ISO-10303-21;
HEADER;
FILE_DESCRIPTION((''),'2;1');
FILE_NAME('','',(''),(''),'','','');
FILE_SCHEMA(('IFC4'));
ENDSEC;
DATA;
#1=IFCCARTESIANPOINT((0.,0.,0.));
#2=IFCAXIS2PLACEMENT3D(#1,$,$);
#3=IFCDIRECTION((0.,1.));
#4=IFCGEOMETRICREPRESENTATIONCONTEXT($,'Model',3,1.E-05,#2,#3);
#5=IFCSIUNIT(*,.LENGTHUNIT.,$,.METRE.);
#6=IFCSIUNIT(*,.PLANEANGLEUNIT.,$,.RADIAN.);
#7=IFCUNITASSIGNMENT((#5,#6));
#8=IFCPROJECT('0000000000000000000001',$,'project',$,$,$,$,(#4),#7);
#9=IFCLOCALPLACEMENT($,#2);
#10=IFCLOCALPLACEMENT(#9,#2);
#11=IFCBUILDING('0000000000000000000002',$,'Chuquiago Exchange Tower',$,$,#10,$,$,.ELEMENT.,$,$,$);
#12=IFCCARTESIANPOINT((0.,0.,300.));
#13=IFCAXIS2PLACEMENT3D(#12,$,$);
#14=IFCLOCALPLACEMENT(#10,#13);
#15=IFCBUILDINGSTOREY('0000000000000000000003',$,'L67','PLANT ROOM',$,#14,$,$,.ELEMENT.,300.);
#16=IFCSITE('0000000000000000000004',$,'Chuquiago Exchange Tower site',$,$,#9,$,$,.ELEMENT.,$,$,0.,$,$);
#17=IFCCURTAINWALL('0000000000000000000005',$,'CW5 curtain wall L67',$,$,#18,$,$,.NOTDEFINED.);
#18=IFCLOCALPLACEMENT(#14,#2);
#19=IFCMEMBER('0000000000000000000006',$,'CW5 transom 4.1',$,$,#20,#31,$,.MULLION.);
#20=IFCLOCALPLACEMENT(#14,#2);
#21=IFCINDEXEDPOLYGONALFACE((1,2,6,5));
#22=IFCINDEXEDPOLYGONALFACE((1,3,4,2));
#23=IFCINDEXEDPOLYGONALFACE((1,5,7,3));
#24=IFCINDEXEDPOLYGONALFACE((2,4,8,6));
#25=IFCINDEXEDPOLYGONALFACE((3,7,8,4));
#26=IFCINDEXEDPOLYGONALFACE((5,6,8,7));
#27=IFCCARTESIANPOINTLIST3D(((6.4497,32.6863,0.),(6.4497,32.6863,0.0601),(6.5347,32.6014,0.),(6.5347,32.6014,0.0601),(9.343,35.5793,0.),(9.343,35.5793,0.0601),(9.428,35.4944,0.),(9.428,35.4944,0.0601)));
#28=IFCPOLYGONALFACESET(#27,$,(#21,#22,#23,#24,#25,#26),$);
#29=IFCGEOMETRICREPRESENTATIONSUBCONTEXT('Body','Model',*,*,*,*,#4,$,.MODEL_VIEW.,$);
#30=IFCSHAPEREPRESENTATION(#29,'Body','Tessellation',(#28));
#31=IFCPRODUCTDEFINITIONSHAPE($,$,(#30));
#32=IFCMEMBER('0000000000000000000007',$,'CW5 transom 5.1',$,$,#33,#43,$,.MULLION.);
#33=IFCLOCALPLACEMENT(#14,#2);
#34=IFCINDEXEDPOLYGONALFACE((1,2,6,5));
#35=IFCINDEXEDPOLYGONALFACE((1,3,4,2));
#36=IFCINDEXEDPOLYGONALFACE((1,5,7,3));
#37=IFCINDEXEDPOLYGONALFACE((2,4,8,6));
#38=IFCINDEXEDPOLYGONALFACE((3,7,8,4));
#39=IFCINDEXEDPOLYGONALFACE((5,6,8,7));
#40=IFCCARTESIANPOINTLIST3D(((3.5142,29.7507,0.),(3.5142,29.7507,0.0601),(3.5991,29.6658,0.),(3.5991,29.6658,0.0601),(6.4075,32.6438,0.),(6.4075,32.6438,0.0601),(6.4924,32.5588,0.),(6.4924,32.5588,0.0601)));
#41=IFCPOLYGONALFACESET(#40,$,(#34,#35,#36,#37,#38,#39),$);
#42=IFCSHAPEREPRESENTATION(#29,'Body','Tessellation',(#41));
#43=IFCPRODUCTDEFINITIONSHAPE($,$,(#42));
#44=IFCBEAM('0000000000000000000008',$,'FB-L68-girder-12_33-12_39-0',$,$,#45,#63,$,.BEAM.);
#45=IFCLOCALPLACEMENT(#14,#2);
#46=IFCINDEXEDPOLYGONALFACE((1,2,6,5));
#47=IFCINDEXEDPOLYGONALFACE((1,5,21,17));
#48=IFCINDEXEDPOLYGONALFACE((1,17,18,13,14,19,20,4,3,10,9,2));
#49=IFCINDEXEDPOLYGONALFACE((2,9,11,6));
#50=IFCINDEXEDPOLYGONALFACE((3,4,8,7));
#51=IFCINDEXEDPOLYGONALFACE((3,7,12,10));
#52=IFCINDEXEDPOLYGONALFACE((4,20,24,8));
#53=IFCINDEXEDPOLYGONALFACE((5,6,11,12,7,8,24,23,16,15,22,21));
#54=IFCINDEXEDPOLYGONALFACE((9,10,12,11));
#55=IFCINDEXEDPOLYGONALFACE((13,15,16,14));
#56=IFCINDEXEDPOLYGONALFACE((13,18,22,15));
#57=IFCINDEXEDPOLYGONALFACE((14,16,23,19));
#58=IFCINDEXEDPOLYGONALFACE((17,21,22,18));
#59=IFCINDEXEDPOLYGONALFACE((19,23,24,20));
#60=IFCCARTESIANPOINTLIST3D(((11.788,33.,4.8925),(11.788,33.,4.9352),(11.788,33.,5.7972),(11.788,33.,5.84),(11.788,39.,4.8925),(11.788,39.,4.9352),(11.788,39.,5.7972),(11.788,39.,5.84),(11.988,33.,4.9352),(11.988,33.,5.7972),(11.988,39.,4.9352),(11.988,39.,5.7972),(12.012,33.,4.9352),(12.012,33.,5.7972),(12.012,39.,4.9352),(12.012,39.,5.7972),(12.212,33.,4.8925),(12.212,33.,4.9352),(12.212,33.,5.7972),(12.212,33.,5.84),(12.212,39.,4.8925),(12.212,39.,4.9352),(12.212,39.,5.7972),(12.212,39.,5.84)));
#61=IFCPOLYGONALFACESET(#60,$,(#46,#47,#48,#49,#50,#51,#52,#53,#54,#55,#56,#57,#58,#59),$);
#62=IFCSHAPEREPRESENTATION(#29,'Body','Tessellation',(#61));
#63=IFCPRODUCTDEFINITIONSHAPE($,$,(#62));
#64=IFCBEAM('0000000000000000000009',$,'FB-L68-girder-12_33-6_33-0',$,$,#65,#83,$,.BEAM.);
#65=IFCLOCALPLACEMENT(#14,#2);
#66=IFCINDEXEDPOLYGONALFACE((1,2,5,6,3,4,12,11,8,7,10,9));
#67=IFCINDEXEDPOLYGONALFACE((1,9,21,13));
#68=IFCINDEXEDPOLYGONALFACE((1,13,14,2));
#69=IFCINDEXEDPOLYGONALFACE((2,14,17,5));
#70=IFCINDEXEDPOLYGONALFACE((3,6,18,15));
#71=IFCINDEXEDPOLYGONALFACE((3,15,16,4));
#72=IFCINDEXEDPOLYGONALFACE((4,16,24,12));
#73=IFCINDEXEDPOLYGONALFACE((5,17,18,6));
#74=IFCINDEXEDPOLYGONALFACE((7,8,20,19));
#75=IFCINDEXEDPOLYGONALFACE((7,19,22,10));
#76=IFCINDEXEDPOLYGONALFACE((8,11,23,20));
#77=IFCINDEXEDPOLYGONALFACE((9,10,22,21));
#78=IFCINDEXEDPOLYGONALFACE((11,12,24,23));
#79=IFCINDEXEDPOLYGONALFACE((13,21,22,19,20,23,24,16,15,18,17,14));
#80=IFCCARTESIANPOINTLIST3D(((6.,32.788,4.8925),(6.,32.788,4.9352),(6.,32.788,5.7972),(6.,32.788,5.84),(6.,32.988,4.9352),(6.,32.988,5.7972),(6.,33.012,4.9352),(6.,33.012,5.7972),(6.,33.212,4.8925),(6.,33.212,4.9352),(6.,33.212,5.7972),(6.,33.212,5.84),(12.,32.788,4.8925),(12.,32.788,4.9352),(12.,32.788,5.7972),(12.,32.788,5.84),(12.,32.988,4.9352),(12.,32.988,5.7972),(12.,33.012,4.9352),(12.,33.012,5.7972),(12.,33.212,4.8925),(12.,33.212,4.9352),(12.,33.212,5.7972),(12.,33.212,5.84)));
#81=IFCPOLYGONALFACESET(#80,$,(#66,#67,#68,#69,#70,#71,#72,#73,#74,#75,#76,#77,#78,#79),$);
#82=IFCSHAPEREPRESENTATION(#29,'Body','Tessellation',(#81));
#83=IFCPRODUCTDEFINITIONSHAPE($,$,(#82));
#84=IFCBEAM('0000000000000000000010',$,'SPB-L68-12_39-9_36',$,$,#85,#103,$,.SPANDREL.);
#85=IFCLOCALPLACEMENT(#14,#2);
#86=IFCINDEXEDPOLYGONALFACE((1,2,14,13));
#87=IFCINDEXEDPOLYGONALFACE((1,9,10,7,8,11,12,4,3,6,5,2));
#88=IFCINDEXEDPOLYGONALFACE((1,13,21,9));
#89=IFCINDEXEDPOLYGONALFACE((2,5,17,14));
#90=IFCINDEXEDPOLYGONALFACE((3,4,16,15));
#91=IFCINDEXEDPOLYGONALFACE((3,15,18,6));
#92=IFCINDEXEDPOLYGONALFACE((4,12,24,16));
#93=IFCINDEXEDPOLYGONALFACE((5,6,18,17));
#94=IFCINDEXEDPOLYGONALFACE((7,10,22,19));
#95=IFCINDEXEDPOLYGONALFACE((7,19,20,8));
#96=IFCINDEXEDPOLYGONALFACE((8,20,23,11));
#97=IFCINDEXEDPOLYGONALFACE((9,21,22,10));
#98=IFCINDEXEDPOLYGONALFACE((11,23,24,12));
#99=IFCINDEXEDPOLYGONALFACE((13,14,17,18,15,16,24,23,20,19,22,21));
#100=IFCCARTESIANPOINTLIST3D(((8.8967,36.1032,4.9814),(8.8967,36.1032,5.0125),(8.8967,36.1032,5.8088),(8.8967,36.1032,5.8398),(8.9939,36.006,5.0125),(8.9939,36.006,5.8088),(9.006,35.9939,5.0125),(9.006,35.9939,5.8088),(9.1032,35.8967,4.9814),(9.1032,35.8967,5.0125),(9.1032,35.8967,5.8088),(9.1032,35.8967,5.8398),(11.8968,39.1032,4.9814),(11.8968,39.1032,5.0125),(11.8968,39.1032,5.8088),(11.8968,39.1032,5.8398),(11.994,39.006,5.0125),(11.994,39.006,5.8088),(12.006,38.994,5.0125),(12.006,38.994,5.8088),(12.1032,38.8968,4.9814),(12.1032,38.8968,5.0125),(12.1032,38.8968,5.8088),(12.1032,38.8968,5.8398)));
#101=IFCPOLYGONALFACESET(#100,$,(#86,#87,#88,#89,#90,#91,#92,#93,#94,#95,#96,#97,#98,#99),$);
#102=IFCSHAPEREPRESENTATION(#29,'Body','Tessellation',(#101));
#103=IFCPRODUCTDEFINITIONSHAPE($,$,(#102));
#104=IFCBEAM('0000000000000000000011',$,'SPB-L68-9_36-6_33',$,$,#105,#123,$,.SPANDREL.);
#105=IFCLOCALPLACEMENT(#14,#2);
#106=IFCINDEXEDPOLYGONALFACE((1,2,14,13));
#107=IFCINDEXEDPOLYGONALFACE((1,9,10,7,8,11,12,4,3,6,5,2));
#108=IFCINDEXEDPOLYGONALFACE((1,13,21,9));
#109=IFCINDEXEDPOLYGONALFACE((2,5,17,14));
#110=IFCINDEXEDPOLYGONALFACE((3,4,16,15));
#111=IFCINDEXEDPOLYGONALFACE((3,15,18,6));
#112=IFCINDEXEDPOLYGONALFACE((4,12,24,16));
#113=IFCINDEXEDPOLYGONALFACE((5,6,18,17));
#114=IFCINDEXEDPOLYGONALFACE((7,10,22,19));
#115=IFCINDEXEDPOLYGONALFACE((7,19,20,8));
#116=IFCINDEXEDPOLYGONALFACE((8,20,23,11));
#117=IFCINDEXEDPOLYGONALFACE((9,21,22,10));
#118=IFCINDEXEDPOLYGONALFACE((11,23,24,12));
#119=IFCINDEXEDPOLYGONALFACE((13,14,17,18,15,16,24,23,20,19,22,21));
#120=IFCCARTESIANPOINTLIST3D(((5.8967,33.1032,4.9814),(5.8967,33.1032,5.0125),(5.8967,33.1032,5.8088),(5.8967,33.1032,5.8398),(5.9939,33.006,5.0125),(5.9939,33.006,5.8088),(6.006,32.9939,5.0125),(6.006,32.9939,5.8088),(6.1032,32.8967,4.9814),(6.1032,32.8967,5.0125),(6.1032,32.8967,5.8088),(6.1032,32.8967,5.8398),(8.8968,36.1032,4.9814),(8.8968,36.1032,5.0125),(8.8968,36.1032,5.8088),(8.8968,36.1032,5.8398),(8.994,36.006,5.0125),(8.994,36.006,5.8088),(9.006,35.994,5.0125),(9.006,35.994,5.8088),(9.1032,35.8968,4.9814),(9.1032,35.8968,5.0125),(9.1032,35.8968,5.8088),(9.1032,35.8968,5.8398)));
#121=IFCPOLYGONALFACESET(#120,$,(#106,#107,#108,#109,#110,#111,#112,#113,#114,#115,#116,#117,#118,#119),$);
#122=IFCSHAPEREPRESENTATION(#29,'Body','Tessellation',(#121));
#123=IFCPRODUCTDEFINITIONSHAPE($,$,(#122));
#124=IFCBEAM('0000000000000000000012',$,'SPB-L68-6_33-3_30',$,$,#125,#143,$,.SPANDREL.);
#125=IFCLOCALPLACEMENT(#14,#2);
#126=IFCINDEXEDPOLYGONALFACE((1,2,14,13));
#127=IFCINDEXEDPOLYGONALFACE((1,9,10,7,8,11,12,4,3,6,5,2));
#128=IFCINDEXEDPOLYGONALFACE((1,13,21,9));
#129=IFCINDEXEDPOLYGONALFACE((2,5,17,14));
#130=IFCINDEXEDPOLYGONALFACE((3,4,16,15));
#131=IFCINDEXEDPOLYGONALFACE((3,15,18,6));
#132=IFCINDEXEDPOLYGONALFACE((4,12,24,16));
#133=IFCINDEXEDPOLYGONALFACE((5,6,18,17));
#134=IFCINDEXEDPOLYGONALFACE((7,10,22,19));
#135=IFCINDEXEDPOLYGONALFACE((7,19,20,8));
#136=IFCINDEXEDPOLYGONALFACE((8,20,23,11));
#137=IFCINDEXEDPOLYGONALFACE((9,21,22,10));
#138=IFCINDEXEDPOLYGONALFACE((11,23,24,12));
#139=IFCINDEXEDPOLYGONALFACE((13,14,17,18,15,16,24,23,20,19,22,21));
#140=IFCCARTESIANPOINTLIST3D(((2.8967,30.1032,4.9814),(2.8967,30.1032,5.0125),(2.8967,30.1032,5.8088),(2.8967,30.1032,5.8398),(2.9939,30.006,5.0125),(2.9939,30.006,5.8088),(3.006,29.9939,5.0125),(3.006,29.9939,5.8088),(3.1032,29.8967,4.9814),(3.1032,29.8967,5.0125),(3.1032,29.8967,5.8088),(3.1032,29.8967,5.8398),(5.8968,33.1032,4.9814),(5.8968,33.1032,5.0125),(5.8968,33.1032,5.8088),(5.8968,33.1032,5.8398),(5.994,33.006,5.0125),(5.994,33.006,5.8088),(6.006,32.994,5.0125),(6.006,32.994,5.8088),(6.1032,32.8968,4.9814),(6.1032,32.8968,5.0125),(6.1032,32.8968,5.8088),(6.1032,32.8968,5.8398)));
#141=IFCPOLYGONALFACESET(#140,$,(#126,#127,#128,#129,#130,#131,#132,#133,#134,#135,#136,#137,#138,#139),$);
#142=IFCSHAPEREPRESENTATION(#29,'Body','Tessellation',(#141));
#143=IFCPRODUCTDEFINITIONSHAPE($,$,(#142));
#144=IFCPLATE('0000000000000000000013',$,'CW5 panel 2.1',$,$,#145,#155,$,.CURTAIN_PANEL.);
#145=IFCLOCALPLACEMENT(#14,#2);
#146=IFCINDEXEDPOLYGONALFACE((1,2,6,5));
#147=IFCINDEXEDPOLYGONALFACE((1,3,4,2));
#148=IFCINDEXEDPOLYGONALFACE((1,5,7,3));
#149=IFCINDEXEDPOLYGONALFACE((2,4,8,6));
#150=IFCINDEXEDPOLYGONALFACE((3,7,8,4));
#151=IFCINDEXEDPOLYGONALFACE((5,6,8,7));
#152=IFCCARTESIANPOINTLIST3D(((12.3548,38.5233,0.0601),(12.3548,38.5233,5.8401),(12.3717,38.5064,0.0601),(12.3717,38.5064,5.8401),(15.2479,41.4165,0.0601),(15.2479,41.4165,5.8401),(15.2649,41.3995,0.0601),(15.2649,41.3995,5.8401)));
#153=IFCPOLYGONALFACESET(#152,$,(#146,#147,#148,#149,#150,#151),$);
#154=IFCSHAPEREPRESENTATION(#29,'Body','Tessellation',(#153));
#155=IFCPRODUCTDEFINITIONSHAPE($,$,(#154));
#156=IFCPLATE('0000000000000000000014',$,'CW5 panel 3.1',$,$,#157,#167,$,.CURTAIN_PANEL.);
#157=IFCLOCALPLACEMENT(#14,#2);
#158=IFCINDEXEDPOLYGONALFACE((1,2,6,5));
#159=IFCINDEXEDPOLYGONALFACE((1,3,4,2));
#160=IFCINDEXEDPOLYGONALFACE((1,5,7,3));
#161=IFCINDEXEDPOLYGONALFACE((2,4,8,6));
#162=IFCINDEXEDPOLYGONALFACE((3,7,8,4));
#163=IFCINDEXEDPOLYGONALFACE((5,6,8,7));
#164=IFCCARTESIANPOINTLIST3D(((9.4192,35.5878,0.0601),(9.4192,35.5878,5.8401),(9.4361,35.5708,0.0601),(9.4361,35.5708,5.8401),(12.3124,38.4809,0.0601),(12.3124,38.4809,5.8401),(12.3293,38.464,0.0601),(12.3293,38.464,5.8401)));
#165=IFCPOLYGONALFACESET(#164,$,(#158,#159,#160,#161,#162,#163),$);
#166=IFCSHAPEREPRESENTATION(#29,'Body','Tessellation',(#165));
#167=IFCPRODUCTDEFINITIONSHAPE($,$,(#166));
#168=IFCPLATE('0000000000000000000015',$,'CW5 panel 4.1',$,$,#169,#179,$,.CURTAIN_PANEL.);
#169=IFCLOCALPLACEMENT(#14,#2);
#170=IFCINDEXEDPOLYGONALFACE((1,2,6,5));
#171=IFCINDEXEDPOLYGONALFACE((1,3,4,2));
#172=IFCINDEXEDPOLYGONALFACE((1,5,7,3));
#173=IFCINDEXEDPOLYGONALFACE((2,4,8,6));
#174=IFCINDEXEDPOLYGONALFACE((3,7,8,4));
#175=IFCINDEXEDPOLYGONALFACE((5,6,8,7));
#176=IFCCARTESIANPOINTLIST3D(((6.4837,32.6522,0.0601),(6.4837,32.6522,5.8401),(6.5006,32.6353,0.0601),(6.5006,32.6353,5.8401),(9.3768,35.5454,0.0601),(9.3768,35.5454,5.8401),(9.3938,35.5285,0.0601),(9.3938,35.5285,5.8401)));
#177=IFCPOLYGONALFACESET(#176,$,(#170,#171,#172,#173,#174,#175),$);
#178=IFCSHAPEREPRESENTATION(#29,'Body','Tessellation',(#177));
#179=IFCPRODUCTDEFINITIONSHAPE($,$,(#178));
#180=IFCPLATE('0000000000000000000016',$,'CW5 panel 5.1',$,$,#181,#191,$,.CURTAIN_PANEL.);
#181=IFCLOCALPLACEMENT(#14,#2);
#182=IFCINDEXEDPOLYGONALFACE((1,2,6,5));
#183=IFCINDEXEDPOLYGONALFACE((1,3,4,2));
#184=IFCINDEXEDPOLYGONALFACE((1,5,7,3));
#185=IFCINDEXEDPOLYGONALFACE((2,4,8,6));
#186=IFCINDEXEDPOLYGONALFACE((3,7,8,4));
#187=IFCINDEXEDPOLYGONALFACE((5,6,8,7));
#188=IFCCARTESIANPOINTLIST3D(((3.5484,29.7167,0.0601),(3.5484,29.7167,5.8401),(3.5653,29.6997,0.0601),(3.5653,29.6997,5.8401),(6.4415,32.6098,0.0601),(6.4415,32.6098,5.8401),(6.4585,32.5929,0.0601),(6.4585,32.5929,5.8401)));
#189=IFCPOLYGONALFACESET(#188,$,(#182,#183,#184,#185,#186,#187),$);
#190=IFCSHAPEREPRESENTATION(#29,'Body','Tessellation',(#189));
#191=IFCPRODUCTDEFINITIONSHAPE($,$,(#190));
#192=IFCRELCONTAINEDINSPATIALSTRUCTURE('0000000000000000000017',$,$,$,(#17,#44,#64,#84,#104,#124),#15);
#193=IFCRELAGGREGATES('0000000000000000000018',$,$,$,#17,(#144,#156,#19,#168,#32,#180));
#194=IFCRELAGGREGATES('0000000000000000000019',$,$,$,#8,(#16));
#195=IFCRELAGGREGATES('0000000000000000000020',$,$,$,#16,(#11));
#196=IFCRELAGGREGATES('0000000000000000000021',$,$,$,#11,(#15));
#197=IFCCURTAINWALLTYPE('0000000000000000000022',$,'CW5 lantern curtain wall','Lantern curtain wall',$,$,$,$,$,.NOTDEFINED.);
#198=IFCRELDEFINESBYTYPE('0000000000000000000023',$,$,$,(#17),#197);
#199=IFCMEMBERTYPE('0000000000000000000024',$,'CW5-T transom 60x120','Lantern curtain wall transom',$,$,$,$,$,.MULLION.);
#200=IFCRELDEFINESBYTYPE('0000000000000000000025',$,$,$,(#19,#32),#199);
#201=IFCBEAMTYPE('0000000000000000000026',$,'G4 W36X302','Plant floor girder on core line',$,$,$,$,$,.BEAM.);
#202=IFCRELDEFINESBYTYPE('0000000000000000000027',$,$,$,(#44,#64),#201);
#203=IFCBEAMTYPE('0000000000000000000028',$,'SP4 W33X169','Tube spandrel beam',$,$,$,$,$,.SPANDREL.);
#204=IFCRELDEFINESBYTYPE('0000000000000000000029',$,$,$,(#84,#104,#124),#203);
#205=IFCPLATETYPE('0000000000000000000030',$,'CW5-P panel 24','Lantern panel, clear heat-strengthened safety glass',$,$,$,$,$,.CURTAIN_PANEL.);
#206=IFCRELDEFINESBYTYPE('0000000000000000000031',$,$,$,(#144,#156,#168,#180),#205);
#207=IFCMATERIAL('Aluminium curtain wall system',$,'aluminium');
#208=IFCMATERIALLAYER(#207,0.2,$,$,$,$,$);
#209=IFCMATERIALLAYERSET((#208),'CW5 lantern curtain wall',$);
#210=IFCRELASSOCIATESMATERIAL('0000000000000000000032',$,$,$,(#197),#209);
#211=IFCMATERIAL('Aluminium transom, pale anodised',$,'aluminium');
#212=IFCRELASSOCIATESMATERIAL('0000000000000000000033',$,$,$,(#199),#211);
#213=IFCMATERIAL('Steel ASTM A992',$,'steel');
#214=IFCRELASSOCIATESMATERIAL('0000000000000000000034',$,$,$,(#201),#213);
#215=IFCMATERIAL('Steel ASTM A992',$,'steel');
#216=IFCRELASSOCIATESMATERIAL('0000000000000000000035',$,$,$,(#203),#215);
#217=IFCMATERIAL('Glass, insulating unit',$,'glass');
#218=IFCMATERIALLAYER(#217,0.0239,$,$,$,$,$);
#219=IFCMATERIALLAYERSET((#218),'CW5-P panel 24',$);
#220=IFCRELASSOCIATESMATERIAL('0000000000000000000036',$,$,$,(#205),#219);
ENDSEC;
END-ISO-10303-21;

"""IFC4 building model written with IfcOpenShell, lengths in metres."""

from ifc_helpers import new_model, si_unit, direction, frame, origin, origin_2d, place, context, subcontext, project, spatial, rectangle, i_section, extrude, material, layer, layer_set, material_profile, profile_set, type_object, element, aggregate, save


model = new_model("IFC4")

# Units and contexts
model_context = context("Model", 3, precision=1e-05, world=origin(), true_north=direction((0.0, 1.0)))
body_context = subcontext(model_context, "Body", "Model", "MODEL_VIEW")
ifc_project = project(units=[si_unit("LENGTHUNIT", "METRE"), si_unit("PLANEANGLEUNIT", "RADIAN")], contexts=[model_context])

# Site, building, storey
site_placement = place(None, origin())
site = spatial("IfcSite", under=ifc_project, at=site_placement, Name="Chuquiago Exchange Tower site", CompositionType="ELEMENT", RefElevation=0.0)
building_placement = place(site_placement, origin())
building = spatial("IfcBuilding", under=site, at=building_placement, Name="Chuquiago Exchange Tower", CompositionType="ELEMENT")
storey_placement = place(building_placement, frame((0.0, 0.0, 300.0)))
storey = spatial("IfcBuildingStorey", under=building, at=storey_placement, Name="L67", Description="PLANT ROOM", CompositionType="ELEMENT", Elevation=300.0)

# Curtain wall, members
ifc_material_1 = material(Name="Aluminium curtain wall system", Category="aluminium")
ifc_layer_1 = layer(ifc_material_1, 0.2)
ifc_layer_set_1 = layer_set([ifc_layer_1], Name="CW5 lantern curtain wall")
curtain_wall_type = type_object("IfcCurtainWallType", Name="CW5 lantern curtain wall", Description="Lantern curtain wall", PredefinedType="NOTDEFINED", material=ifc_layer_set_1)
curtain_wall_placement = place(storey_placement, origin())
curtain_wall = element("IfcCurtainWall", 1, at=curtain_wall_placement, inside=storey, type_object=curtain_wall_type, Name="CW5 curtain wall L67", PredefinedType="NOTDEFINED")
ifc_material_2 = material(Name="Aluminium transom, pale anodised", Category="aluminium")
ifc_material_profile_1 = material_profile(ifc_material_2, rectangle(XDim=0.1201, YDim=0.0601, at=origin_2d()), Name="AL 120x60")
ifc_profile_set_1 = profile_set([ifc_material_profile_1], Name="Aluminium transom, pale anodised")
member_type_1 = type_object("IfcMemberType", Name="CW5-T transom 60x120", Description="Lantern curtain wall transom", PredefinedType="MULLION", material=ifc_profile_set_1)
member_1_placement = place(storey_placement, frame((9.3855, 35.5369, 0.03), z_axis=(-0.707137, -0.707077, 0.0), x_axis=(0.707077, -0.707137, 0.0)))
member_1 = element("IfcMember", 2, at=member_1_placement, type_object=member_type_1, Name="CW5 transom 4.1", PredefinedType="MULLION", context=body_context, shape_type="SweptSolid", body=[
    extrude(rectangle(XDim=0.1201, YDim=0.0601, at=origin_2d()), origin(), (0.0, 0.0, 1.0), 4.0916),
])
member_2_placement = place(storey_placement, frame((6.45, 32.6013, 0.03), z_axis=(-0.707137, -0.707077, 0.0), x_axis=(0.707077, -0.707137, 0.0)))
member_2 = element("IfcMember", 3, at=member_2_placement, type_object=member_type_1, Name="CW5 transom 5.1", PredefinedType="MULLION", context=body_context, shape_type="SweptSolid", body=[
    extrude(rectangle(XDim=0.1201, YDim=0.0601, at=origin_2d()), origin(), (0.0, 0.0, 1.0), 4.0916),
])

# Beams
ifc_material_3 = material(Name="Steel ASTM A992", Category="steel")
ifc_material_profile_2 = material_profile(ifc_material_3, i_section(OverallWidth=0.4241, OverallDepth=0.9475, WebThickness=0.0239, FlangeThickness=0.0427, at=origin_2d()), Name="W36X302")
ifc_profile_set_2 = profile_set([ifc_material_profile_2], Name="Steel ASTM A992")
beam_type_1 = type_object("IfcBeamType", Name="G4 W36X302", Description="Plant floor girder on core line", PredefinedType="BEAM", material=ifc_profile_set_2)
for number, where, z_axis, x_axis, name in (
    (4, (12.0, 33.0, 5.3662), (0.0, 1.0, 0.0), (-1.0, 0.0, 0.0), "FB-L68-girder-12_33-12_39-0"),
    (5, (12.0, 33.0, 5.3662), (-1.0, 0.0, 0.0), (0.0, -1.0, 0.0), "FB-L68-girder-12_33-6_33-0"),
):
    element("IfcBeam", number, at=place(storey_placement, frame(where, z_axis=z_axis, x_axis=x_axis)), inside=storey, type_object=beam_type_1, Name=name, PredefinedType="BEAM", context=body_context, shape_type="SweptSolid", body=[
        extrude(i_section(OverallWidth=0.4241, OverallDepth=0.9475, WebThickness=0.0239, FlangeThickness=0.0427, at=origin_2d()), origin(), (0.0, 0.0, 1.0), 6.0),
    ])
ifc_material_4 = material(Name="Steel ASTM A992", Category="steel")
ifc_material_profile_3 = material_profile(ifc_material_4, i_section(OverallWidth=0.292, OverallDepth=0.8584, WebThickness=0.0171, FlangeThickness=0.031, at=origin_2d()), Name="W33X169")
ifc_profile_set_3 = profile_set([ifc_material_profile_3], Name="Steel ASTM A992")
beam_type_2 = type_object("IfcBeamType", Name="SP4 W33X169", Description="Tube spandrel beam", PredefinedType="SPANDREL", material=ifc_profile_set_3)
for number, where, z_axis, x_axis, name in (
    (6, (12.0, 39.0, 5.4106), (-0.707107, -0.707107, 0.0), (0.707107, -0.707107, 0.0), "SPB-L68-12_39-9_36"),
    (7, (9.0, 36.0, 5.4106), (-0.707107, -0.707107, 0.0), (0.707107, -0.707107, 0.0), "SPB-L68-9_36-6_33"),
    (8, (6.0, 33.0, 5.4106), (-0.707107, -0.707107, 0.0), (0.707107, -0.707107, 0.0), "SPB-L68-6_33-3_30"),
):
    element("IfcBeam", number, at=place(storey_placement, frame(where, z_axis=z_axis, x_axis=x_axis)), inside=storey, type_object=beam_type_2, Name=name, PredefinedType="SPANDREL", context=body_context, shape_type="SweptSolid", body=[
        extrude(i_section(OverallWidth=0.292, OverallDepth=0.8584, WebThickness=0.0171, FlangeThickness=0.031, at=origin_2d()), origin(), (0.0, 0.0, 1.0), 4.2427),
    ])

# Plates
ifc_material_5 = material(Name="Glass, insulating unit", Category="glass")
ifc_layer_2 = layer(ifc_material_5, 0.0239)
ifc_layer_set_2 = layer_set([ifc_layer_2], Name="CW5-P panel 24")
plate_type = type_object("IfcPlateType", Name="CW5-P panel 24", Description="Lantern panel, clear heat-strengthened safety glass", PredefinedType="CURTAIN_PANEL", material=ifc_layer_set_2)
plate_1_placement = place(storey_placement, frame((13.8098, 39.9614, 0.0601), z_axis=(0.0, 0.0, 1.0), x_axis=(-0.707109, -0.707105, 0.0)))
plate_1 = element("IfcPlate", 9, at=plate_1_placement, type_object=plate_type, Name="CW5 panel 2.1", PredefinedType="CURTAIN_PANEL", context=body_context, shape_type="SweptSolid", body=[
    extrude(rectangle(XDim=4.0916, YDim=0.0239, at=origin_2d()), origin(), (0.0, 0.0, 1.0), 5.78),
])
plate_2_placement = place(storey_placement, frame((10.8743, 37.0259, 0.0601), z_axis=(0.0, 0.0, 1.0), x_axis=(-0.707109, -0.707105, 0.0)))
plate_2 = element("IfcPlate", 10, at=plate_2_placement, type_object=plate_type, Name="CW5 panel 3.1", PredefinedType="CURTAIN_PANEL", context=body_context, shape_type="SweptSolid", body=[
    extrude(rectangle(XDim=4.0916, YDim=0.0239, at=origin_2d()), origin(), (0.0, 0.0, 1.0), 5.78),
])
plate_3_placement = place(storey_placement, frame((7.9387, 34.0903, 0.0601), z_axis=(0.0, 0.0, 1.0), x_axis=(-0.707109, -0.707105, 0.0)))
plate_3 = element("IfcPlate", 11, at=plate_3_placement, type_object=plate_type, Name="CW5 panel 4.1", PredefinedType="CURTAIN_PANEL", context=body_context, shape_type="SweptSolid", body=[
    extrude(rectangle(XDim=4.0916, YDim=0.0239, at=origin_2d()), origin(), (0.0, 0.0, 1.0), 5.78),
])
plate_4_placement = place(storey_placement, frame((5.0034, 31.1548, 0.0601), z_axis=(0.0, 0.0, 1.0), x_axis=(-0.707109, -0.707105, 0.0)))
plate_4 = element("IfcPlate", 12, at=plate_4_placement, type_object=plate_type, Name="CW5 panel 5.1", PredefinedType="CURTAIN_PANEL", context=body_context, shape_type="SweptSolid", body=[
    extrude(rectangle(XDim=4.0916, YDim=0.0239, at=origin_2d()), origin(), (0.0, 0.0, 1.0), 5.78),
])
aggregate(curtain_wall, [plate_1, plate_2, member_1, plate_3, member_2, plate_4])

save(model, "model.ifc")
